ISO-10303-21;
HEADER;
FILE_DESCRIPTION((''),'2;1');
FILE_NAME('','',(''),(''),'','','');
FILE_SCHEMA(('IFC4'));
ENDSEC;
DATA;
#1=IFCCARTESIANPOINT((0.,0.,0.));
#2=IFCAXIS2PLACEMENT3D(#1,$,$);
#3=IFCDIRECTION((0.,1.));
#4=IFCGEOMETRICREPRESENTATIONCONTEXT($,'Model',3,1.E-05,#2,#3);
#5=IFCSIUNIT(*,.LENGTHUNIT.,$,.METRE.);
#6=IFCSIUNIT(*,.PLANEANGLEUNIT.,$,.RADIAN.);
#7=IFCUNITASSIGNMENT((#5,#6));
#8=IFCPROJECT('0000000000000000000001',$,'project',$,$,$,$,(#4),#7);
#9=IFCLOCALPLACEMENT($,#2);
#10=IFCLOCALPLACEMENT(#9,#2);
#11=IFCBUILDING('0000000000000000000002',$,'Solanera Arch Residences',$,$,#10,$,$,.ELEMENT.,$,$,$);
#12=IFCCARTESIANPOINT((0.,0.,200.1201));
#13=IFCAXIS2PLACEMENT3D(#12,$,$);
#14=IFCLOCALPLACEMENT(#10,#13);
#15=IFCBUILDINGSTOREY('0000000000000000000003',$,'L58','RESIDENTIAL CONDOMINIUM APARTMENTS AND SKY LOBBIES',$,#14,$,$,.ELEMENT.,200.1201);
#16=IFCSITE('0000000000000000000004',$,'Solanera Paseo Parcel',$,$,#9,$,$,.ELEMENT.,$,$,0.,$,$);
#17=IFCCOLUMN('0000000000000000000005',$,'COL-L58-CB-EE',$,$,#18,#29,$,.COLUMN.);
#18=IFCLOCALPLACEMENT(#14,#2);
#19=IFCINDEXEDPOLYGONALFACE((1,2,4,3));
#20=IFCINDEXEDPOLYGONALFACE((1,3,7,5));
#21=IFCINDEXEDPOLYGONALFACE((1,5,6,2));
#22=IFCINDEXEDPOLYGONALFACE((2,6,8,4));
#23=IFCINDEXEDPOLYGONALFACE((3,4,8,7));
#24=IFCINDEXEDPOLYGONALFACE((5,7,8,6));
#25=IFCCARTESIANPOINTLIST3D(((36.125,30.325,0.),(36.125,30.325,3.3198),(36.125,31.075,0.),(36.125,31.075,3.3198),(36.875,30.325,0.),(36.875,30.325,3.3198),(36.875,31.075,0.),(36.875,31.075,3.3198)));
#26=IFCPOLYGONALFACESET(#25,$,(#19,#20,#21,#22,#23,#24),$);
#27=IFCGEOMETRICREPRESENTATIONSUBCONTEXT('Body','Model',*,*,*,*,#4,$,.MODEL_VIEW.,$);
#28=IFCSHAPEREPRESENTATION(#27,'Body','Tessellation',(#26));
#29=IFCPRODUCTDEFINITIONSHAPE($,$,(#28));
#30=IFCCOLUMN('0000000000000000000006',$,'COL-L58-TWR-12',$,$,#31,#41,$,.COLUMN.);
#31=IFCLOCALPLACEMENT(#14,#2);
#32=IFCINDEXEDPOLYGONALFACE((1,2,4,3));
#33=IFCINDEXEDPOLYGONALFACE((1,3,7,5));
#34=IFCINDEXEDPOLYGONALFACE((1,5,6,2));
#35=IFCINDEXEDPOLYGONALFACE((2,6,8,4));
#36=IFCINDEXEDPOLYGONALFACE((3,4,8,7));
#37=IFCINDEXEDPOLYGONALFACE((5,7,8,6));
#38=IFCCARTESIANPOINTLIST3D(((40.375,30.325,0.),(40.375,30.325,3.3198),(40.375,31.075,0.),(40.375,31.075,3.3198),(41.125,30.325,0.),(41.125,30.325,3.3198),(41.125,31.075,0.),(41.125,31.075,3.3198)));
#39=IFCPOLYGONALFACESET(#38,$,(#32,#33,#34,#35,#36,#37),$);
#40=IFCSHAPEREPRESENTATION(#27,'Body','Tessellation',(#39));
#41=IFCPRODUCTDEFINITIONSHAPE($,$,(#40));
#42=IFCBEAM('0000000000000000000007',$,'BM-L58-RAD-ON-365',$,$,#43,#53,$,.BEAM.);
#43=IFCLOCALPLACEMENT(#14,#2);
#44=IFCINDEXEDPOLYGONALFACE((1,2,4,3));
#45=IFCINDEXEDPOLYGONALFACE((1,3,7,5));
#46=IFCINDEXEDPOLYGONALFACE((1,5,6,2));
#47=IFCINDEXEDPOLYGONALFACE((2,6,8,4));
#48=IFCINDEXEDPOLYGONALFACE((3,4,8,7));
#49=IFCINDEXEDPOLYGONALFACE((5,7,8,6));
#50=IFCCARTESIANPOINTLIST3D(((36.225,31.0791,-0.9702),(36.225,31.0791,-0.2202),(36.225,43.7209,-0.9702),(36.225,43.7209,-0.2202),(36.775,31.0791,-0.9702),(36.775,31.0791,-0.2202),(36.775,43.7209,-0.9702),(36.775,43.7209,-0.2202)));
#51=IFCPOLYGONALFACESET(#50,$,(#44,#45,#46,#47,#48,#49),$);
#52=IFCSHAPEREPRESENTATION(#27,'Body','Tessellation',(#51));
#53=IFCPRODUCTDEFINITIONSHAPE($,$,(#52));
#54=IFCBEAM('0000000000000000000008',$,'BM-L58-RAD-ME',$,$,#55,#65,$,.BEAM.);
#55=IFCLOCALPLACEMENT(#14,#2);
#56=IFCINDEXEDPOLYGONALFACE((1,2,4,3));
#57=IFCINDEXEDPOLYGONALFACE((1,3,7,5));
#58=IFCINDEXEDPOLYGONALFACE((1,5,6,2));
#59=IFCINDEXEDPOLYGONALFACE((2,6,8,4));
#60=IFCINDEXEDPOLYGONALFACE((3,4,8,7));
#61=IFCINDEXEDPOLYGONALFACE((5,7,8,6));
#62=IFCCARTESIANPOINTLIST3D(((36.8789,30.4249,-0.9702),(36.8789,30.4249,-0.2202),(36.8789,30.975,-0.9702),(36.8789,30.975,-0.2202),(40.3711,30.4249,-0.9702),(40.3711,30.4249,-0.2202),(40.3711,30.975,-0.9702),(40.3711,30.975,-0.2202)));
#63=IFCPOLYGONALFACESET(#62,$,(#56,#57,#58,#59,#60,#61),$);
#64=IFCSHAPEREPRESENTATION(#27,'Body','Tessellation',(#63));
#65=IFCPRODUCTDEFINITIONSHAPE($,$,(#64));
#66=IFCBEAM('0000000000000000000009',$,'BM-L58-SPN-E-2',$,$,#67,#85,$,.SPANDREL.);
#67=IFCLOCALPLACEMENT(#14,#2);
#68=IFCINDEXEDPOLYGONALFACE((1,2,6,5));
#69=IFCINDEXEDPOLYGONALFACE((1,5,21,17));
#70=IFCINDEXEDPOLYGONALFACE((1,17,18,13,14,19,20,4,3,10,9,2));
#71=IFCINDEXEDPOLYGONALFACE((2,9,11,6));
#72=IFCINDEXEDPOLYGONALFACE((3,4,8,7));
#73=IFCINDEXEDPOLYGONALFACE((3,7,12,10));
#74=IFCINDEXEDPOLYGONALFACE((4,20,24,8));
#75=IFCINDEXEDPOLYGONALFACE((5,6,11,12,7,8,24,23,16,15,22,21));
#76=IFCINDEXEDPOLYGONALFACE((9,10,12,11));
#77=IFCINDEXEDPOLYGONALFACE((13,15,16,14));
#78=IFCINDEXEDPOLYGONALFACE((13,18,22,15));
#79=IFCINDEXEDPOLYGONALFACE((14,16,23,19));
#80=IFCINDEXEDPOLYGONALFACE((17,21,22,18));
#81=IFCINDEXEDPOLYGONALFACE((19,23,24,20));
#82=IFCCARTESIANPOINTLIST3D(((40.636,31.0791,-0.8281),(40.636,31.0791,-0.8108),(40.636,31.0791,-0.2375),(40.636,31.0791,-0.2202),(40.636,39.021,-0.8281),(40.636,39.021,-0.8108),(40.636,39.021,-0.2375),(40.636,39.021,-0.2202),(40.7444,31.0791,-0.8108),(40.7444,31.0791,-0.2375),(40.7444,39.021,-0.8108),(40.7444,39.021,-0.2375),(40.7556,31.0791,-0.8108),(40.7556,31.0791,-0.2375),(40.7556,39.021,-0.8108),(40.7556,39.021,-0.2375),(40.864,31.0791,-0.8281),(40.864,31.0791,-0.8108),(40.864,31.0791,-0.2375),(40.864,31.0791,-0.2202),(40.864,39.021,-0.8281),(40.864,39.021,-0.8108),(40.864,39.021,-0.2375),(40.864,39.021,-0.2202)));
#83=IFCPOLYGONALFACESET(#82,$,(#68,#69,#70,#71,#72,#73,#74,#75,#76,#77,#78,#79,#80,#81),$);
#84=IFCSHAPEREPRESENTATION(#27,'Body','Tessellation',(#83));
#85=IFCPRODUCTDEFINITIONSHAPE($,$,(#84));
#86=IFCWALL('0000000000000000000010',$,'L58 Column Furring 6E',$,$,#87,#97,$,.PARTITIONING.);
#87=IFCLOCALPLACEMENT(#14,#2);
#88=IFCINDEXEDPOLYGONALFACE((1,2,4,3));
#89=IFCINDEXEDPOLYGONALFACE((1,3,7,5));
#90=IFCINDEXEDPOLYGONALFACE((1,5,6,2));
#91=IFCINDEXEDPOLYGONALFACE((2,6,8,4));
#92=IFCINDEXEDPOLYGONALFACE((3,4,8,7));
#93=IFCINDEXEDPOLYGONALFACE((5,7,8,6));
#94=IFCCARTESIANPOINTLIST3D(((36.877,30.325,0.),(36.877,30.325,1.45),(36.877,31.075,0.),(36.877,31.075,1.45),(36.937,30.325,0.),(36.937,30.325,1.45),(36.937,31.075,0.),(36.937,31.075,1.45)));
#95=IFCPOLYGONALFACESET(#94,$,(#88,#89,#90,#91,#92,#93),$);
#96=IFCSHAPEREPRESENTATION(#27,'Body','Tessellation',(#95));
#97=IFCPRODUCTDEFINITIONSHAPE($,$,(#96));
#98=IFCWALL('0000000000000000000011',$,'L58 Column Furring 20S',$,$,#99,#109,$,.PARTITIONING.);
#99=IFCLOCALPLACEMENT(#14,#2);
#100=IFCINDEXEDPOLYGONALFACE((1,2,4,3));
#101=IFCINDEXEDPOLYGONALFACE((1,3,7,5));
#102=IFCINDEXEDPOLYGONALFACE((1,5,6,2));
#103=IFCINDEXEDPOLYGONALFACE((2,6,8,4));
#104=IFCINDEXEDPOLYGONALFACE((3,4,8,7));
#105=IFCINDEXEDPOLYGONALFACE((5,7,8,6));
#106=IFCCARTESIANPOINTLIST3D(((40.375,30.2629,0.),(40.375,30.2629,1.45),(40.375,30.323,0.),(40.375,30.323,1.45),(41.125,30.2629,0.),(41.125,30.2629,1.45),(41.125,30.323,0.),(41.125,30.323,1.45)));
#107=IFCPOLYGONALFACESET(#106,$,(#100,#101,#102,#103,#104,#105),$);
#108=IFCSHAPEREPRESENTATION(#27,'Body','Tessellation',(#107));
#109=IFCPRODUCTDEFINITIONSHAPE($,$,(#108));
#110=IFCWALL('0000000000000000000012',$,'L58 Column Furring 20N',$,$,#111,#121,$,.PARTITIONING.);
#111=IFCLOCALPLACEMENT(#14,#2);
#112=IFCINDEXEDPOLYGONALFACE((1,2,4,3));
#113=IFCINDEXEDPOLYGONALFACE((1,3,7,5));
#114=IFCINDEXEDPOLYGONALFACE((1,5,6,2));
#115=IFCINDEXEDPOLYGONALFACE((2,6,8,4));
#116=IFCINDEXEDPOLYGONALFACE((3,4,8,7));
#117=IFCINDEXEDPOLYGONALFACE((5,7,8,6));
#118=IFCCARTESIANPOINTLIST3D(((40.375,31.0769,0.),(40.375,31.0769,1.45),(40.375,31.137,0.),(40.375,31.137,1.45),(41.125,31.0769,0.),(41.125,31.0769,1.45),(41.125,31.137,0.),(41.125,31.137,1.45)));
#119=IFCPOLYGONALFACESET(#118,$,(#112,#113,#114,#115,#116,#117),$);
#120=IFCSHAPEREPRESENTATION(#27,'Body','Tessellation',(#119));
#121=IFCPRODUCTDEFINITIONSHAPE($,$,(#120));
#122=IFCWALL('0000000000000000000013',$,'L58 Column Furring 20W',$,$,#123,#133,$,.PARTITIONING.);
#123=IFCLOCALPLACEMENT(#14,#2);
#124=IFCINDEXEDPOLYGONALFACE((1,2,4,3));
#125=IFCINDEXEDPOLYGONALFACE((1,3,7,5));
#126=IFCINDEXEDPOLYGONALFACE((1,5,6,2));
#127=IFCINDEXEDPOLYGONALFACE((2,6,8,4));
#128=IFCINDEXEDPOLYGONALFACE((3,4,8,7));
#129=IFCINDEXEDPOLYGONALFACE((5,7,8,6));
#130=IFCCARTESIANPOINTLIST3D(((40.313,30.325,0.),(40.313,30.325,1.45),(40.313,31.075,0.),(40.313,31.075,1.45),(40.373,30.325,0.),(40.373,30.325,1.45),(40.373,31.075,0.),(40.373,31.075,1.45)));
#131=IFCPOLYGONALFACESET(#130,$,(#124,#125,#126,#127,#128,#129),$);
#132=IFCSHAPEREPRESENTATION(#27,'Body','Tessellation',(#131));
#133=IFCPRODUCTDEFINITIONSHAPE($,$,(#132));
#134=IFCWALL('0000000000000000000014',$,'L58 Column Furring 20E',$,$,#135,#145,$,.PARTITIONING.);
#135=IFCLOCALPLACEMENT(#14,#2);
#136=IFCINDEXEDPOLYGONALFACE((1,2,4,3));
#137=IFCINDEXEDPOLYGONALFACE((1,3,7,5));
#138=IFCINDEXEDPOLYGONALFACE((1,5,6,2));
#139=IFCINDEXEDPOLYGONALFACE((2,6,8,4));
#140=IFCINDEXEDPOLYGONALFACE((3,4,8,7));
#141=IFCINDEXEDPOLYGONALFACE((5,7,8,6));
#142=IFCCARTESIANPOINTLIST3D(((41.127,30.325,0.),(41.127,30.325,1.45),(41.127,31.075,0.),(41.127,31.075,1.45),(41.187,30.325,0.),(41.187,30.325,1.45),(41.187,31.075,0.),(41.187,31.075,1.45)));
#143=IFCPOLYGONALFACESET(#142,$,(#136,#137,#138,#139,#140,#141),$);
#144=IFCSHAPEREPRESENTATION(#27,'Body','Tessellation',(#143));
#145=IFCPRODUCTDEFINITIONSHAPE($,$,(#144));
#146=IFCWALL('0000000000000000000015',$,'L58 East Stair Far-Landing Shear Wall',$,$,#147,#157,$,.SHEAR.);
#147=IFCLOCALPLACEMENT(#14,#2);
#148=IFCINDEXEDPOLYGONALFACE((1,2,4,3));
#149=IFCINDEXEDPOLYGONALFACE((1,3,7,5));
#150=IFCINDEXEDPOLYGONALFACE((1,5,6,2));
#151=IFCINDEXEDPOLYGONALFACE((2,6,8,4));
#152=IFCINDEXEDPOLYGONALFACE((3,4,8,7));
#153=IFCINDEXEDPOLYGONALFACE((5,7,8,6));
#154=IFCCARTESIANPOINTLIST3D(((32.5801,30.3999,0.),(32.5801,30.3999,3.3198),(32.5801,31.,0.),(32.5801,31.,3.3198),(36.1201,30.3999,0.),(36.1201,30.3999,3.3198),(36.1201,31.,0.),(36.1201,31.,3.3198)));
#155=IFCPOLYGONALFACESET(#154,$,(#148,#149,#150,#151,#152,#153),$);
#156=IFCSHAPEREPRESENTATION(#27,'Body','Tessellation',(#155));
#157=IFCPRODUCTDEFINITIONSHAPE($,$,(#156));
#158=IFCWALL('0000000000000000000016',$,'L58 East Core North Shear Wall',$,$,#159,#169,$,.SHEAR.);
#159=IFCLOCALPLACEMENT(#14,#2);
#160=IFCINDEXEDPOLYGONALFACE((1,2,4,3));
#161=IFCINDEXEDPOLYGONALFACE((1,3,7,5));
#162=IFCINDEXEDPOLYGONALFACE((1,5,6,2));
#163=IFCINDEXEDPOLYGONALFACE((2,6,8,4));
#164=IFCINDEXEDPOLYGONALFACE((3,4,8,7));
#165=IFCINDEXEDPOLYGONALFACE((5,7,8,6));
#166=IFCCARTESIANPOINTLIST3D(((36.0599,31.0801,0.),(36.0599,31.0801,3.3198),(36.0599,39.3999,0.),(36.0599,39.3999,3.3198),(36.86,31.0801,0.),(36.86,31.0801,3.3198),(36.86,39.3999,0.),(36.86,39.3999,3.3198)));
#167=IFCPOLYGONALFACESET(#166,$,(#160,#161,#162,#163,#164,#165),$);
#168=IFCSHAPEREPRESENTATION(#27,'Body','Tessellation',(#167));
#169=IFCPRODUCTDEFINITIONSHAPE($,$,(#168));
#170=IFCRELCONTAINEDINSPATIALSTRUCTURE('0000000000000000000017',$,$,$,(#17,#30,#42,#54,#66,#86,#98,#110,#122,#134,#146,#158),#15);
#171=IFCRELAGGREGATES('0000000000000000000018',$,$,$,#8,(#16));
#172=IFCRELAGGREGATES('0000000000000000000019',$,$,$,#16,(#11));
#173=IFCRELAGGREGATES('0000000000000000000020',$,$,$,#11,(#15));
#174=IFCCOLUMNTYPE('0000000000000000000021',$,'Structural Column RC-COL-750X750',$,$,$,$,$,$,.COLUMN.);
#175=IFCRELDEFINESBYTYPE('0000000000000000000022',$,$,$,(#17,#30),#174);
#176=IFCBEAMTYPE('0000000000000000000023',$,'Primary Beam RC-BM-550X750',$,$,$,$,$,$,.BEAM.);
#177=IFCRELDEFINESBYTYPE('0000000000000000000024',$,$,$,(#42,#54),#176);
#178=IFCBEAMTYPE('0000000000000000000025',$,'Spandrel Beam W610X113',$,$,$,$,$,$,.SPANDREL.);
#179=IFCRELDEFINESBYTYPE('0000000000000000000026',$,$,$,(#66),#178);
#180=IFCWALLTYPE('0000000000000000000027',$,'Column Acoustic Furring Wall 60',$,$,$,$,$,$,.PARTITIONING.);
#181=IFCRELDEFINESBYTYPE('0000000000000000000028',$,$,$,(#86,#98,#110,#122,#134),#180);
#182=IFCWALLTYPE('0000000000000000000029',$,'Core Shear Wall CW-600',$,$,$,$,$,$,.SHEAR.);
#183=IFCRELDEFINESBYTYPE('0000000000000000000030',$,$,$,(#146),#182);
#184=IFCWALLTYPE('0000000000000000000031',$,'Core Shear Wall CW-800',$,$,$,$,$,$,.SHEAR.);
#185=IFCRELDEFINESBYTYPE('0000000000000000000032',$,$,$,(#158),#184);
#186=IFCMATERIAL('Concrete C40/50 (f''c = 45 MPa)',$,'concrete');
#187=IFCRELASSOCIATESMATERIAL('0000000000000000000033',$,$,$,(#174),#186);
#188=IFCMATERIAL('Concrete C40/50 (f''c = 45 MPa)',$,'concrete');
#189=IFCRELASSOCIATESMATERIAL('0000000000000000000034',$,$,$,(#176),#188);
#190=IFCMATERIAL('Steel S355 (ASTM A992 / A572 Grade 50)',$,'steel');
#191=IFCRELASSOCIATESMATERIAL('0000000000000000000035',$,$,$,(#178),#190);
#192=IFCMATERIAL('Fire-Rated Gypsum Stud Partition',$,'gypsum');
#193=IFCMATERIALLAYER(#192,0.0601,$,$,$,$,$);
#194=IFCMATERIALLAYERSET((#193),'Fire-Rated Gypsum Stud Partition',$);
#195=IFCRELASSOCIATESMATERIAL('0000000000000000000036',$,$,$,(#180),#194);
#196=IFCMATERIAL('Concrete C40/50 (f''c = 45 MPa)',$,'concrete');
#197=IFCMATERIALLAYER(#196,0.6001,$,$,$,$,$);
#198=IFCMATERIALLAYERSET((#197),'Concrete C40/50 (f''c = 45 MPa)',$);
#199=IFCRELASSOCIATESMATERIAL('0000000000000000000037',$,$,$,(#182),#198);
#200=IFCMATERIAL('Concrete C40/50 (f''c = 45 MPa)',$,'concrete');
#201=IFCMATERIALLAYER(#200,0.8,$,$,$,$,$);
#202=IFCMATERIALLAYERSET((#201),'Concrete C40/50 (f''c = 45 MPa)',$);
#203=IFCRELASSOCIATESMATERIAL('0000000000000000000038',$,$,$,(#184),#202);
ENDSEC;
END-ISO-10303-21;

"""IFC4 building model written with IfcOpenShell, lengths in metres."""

from ifc_helpers import new_model, si_unit, direction, frame, frame_2d, origin, origin_2d, place, context, subcontext, project, spatial, rectangle, i_section, extrude, material, layer, layer_set, material_profile, profile_set, type_object, element, save


model = new_model("IFC4")

# Units and contexts
model_context = context("Model", 3, precision=1e-05, world=origin(), true_north=direction((0.0, 1.0)))
body_context = subcontext(model_context, "Body", "Model", "MODEL_VIEW")
ifc_project = project(units=[si_unit("LENGTHUNIT", "METRE"), si_unit("PLANEANGLEUNIT", "RADIAN")], contexts=[model_context])

# Site, building, storey
site_placement = place(None, origin())
site = spatial("IfcSite", under=ifc_project, at=site_placement, Name="Solanera Paseo Parcel", CompositionType="ELEMENT", RefElevation=0.0)
building_placement = place(site_placement, origin())
building = spatial("IfcBuilding", under=site, at=building_placement, Name="Solanera Arch Residences", CompositionType="ELEMENT")
storey_placement = place(building_placement, frame((0.0, 0.0, 200.1201)))
storey = spatial("IfcBuildingStorey", under=building, at=storey_placement, Name="L58", Description="RESIDENTIAL CONDOMINIUM APARTMENTS AND SKY LOBBIES", CompositionType="ELEMENT", Elevation=200.1201)

# Columns
ifc_material_1 = material(Name="Concrete C40/50 (f'c = 45 MPa)", Category="concrete")
ifc_material_profile_1 = material_profile(ifc_material_1, rectangle(XDim=0.75, YDim=0.75, at=origin_2d()))
ifc_profile_set_1 = profile_set([ifc_material_profile_1], Name="Concrete C40/50 (f'c = 45 MPa)")
column_type = type_object("IfcColumnType", Name="Structural Column RC-COL-750X750", PredefinedType="COLUMN", material=ifc_profile_set_1)
for number, where, z_axis, x_axis, name in (
    (1, (36.5, 30.7, 0.0), (0.0, 0.0, 1.0), (1.0, 0.0, 0.0), "COL-L58-CB-EE"),
    (2, (40.75, 30.7, 0.0), (0.0, 0.0, 1.0), (1.0, 0.0, 0.0), "COL-L58-TWR-12"),
):
    element("IfcColumn", number, at=place(storey_placement, frame(where, z_axis=z_axis, x_axis=x_axis)), inside=storey, type_object=column_type, Name=name, PredefinedType="COLUMN", context=body_context, shape_type="SweptSolid", body=[
        extrude(rectangle(XDim=0.75, YDim=0.75, at=origin_2d()), origin(), (0.0, 0.0, 1.0), 3.3198),
    ])

# Beams
ifc_material_2 = material(Name="Concrete C40/50 (f'c = 45 MPa)", Category="concrete")
ifc_material_profile_2 = material_profile(ifc_material_2, rectangle(XDim=0.55, YDim=0.75, at=origin_2d()))
ifc_profile_set_2 = profile_set([ifc_material_profile_2], Name="Concrete C40/50 (f'c = 45 MPa)")
beam_type_1 = type_object("IfcBeamType", Name="Primary Beam RC-BM-550X750", PredefinedType="BEAM", material=ifc_profile_set_2)
beam_1_placement = place(storey_placement, frame((36.5, 31.0791, -0.5952), z_axis=(0.0, 1.0, 0.0), x_axis=(-1.0, 0.0, 0.0)))
element("IfcBeam", 3, at=beam_1_placement, inside=storey, type_object=beam_type_1, Name="BM-L58-RAD-ON-365", PredefinedType="BEAM", context=body_context, shape_type="SweptSolid", body=[
    extrude(rectangle(XDim=0.55, YDim=0.75, at=origin_2d()), origin(), (0.0, 0.0, 1.0), 12.6418),
])
beam_2_placement = place(storey_placement, frame((36.8789, 30.7, -0.5952), z_axis=(1.0, 0.0, 0.0), x_axis=(0.0, 1.0, 0.0)))
element("IfcBeam", 4, at=beam_2_placement, inside=storey, type_object=beam_type_1, Name="BM-L58-RAD-ME", PredefinedType="BEAM", context=body_context, shape_type="SweptSolid", body=[
    extrude(rectangle(XDim=0.55, YDim=0.75, at=origin_2d()), origin(), (0.0, 0.0, 1.0), 3.4922),
])
ifc_material_3 = material(Name="Steel S355 (ASTM A992 / A572 Grade 50)", Category="steel")
ifc_material_profile_3 = material_profile(ifc_material_3, i_section(OverallWidth=0.228, OverallDepth=0.6079, WebThickness=0.0112, FlangeThickness=0.0173, at=origin_2d()))
ifc_profile_set_3 = profile_set([ifc_material_profile_3], Name="Steel S355 (ASTM A992 / A572 Grade 50)")
beam_type_2 = type_object("IfcBeamType", Name="Spandrel Beam W610X113", PredefinedType="SPANDREL", material=ifc_profile_set_3)
beam_3_placement = place(storey_placement, frame((40.75, 31.0791, -0.5242), z_axis=(0.0, 1.0, 0.0), x_axis=(-1.0, 0.0, 0.0)))
element("IfcBeam", 5, at=beam_3_placement, inside=storey, type_object=beam_type_2, Name="BM-L58-SPN-E-2", PredefinedType="SPANDREL", context=body_context, shape_type="SweptSolid", body=[
    extrude(i_section(OverallWidth=0.228, OverallDepth=0.6079, WebThickness=0.0112, FlangeThickness=0.0173, at=origin_2d()), origin(), (0.0, 0.0, 1.0), 7.9419),
])

# Walls
ifc_material_4 = material(Name="Fire-Rated Gypsum Stud Partition", Category="gypsum")
ifc_layer_1 = layer(ifc_material_4, 0.0601)
ifc_layer_set_1 = layer_set([ifc_layer_1], Name="Fire-Rated Gypsum Stud Partition")
wall_type_1 = type_object("IfcWallType", Name="Column Acoustic Furring Wall 60", PredefinedType="PARTITIONING", material=ifc_layer_set_1)
for number, where, z_axis, x_axis, name in (
    (6, (36.907, 30.325, 0.0), (0.0, 0.0, 1.0), (0.0, 1.0, 0.0), "L58 Column Furring 6E"),
    (7, (40.375, 30.293, 0.0), (0.0, 0.0, 1.0), (1.0, 0.0, 0.0), "L58 Column Furring 20S"),
    (8, (40.375, 31.1069, 0.0), (0.0, 0.0, 1.0), (1.0, 0.0, 0.0), "L58 Column Furring 20N"),
    (9, (40.343, 30.325, 0.0), (0.0, 0.0, 1.0), (0.0, 1.0, 0.0), "L58 Column Furring 20W"),
    (10, (41.157, 30.325, 0.0), (0.0, 0.0, 1.0), (0.0, 1.0, 0.0), "L58 Column Furring 20E"),
):
    element("IfcWall", number, at=place(storey_placement, frame(where, z_axis=z_axis, x_axis=x_axis)), inside=storey, type_object=wall_type_1, Name=name, PredefinedType="PARTITIONING", context=body_context, shape_type="SweptSolid", body=[
        extrude(rectangle(XDim=0.75, YDim=0.0601, at=frame_2d((0.375, 0.0))), origin(), (0.0, 0.0, 1.0), 1.45),
    ])

# Walls
ifc_material_5 = material(Name="Concrete C40/50 (f'c = 45 MPa)", Category="concrete")
ifc_layer_2 = layer(ifc_material_5, 0.6001)
ifc_layer_set_2 = layer_set([ifc_layer_2], Name="Concrete C40/50 (f'c = 45 MPa)")
wall_type_2 = type_object("IfcWallType", Name="Core Shear Wall CW-600", PredefinedType="SHEAR", material=ifc_layer_set_2)
wall_1_placement = place(storey_placement, frame((32.5801, 30.7, 0.0), z_axis=(0.0, 0.0, 1.0), x_axis=(1.0, 0.0, 0.0)))
element("IfcWall", 11, at=wall_1_placement, inside=storey, type_object=wall_type_2, Name="L58 East Stair Far-Landing Shear Wall", PredefinedType="SHEAR", context=body_context, shape_type="SweptSolid", body=[
    extrude(rectangle(XDim=3.54, YDim=0.6001, at=frame_2d((1.77, 0.0))), origin(), (0.0, 0.0, 1.0), 3.3198),
])
ifc_material_6 = material(Name="Concrete C40/50 (f'c = 45 MPa)", Category="concrete")
ifc_layer_3 = layer(ifc_material_6, 0.8)
ifc_layer_set_3 = layer_set([ifc_layer_3], Name="Concrete C40/50 (f'c = 45 MPa)")
wall_type_3 = type_object("IfcWallType", Name="Core Shear Wall CW-800", PredefinedType="SHEAR", material=ifc_layer_set_3)
wall_2_placement = place(storey_placement, frame((36.46, 31.0801, 0.0), z_axis=(0.0, 0.0, 1.0), x_axis=(0.0, 1.0, 0.0)))
element("IfcWall", 12, at=wall_2_placement, inside=storey, type_object=wall_type_3, Name="L58 East Core North Shear Wall", PredefinedType="SHEAR", context=body_context, shape_type="SweptSolid", body=[
    extrude(rectangle(XDim=8.3198, YDim=0.8, at=frame_2d((4.1599, 0.0))), origin(), (0.0, 0.0, 1.0), 3.3198),
])

save(model, "model.ifc")
